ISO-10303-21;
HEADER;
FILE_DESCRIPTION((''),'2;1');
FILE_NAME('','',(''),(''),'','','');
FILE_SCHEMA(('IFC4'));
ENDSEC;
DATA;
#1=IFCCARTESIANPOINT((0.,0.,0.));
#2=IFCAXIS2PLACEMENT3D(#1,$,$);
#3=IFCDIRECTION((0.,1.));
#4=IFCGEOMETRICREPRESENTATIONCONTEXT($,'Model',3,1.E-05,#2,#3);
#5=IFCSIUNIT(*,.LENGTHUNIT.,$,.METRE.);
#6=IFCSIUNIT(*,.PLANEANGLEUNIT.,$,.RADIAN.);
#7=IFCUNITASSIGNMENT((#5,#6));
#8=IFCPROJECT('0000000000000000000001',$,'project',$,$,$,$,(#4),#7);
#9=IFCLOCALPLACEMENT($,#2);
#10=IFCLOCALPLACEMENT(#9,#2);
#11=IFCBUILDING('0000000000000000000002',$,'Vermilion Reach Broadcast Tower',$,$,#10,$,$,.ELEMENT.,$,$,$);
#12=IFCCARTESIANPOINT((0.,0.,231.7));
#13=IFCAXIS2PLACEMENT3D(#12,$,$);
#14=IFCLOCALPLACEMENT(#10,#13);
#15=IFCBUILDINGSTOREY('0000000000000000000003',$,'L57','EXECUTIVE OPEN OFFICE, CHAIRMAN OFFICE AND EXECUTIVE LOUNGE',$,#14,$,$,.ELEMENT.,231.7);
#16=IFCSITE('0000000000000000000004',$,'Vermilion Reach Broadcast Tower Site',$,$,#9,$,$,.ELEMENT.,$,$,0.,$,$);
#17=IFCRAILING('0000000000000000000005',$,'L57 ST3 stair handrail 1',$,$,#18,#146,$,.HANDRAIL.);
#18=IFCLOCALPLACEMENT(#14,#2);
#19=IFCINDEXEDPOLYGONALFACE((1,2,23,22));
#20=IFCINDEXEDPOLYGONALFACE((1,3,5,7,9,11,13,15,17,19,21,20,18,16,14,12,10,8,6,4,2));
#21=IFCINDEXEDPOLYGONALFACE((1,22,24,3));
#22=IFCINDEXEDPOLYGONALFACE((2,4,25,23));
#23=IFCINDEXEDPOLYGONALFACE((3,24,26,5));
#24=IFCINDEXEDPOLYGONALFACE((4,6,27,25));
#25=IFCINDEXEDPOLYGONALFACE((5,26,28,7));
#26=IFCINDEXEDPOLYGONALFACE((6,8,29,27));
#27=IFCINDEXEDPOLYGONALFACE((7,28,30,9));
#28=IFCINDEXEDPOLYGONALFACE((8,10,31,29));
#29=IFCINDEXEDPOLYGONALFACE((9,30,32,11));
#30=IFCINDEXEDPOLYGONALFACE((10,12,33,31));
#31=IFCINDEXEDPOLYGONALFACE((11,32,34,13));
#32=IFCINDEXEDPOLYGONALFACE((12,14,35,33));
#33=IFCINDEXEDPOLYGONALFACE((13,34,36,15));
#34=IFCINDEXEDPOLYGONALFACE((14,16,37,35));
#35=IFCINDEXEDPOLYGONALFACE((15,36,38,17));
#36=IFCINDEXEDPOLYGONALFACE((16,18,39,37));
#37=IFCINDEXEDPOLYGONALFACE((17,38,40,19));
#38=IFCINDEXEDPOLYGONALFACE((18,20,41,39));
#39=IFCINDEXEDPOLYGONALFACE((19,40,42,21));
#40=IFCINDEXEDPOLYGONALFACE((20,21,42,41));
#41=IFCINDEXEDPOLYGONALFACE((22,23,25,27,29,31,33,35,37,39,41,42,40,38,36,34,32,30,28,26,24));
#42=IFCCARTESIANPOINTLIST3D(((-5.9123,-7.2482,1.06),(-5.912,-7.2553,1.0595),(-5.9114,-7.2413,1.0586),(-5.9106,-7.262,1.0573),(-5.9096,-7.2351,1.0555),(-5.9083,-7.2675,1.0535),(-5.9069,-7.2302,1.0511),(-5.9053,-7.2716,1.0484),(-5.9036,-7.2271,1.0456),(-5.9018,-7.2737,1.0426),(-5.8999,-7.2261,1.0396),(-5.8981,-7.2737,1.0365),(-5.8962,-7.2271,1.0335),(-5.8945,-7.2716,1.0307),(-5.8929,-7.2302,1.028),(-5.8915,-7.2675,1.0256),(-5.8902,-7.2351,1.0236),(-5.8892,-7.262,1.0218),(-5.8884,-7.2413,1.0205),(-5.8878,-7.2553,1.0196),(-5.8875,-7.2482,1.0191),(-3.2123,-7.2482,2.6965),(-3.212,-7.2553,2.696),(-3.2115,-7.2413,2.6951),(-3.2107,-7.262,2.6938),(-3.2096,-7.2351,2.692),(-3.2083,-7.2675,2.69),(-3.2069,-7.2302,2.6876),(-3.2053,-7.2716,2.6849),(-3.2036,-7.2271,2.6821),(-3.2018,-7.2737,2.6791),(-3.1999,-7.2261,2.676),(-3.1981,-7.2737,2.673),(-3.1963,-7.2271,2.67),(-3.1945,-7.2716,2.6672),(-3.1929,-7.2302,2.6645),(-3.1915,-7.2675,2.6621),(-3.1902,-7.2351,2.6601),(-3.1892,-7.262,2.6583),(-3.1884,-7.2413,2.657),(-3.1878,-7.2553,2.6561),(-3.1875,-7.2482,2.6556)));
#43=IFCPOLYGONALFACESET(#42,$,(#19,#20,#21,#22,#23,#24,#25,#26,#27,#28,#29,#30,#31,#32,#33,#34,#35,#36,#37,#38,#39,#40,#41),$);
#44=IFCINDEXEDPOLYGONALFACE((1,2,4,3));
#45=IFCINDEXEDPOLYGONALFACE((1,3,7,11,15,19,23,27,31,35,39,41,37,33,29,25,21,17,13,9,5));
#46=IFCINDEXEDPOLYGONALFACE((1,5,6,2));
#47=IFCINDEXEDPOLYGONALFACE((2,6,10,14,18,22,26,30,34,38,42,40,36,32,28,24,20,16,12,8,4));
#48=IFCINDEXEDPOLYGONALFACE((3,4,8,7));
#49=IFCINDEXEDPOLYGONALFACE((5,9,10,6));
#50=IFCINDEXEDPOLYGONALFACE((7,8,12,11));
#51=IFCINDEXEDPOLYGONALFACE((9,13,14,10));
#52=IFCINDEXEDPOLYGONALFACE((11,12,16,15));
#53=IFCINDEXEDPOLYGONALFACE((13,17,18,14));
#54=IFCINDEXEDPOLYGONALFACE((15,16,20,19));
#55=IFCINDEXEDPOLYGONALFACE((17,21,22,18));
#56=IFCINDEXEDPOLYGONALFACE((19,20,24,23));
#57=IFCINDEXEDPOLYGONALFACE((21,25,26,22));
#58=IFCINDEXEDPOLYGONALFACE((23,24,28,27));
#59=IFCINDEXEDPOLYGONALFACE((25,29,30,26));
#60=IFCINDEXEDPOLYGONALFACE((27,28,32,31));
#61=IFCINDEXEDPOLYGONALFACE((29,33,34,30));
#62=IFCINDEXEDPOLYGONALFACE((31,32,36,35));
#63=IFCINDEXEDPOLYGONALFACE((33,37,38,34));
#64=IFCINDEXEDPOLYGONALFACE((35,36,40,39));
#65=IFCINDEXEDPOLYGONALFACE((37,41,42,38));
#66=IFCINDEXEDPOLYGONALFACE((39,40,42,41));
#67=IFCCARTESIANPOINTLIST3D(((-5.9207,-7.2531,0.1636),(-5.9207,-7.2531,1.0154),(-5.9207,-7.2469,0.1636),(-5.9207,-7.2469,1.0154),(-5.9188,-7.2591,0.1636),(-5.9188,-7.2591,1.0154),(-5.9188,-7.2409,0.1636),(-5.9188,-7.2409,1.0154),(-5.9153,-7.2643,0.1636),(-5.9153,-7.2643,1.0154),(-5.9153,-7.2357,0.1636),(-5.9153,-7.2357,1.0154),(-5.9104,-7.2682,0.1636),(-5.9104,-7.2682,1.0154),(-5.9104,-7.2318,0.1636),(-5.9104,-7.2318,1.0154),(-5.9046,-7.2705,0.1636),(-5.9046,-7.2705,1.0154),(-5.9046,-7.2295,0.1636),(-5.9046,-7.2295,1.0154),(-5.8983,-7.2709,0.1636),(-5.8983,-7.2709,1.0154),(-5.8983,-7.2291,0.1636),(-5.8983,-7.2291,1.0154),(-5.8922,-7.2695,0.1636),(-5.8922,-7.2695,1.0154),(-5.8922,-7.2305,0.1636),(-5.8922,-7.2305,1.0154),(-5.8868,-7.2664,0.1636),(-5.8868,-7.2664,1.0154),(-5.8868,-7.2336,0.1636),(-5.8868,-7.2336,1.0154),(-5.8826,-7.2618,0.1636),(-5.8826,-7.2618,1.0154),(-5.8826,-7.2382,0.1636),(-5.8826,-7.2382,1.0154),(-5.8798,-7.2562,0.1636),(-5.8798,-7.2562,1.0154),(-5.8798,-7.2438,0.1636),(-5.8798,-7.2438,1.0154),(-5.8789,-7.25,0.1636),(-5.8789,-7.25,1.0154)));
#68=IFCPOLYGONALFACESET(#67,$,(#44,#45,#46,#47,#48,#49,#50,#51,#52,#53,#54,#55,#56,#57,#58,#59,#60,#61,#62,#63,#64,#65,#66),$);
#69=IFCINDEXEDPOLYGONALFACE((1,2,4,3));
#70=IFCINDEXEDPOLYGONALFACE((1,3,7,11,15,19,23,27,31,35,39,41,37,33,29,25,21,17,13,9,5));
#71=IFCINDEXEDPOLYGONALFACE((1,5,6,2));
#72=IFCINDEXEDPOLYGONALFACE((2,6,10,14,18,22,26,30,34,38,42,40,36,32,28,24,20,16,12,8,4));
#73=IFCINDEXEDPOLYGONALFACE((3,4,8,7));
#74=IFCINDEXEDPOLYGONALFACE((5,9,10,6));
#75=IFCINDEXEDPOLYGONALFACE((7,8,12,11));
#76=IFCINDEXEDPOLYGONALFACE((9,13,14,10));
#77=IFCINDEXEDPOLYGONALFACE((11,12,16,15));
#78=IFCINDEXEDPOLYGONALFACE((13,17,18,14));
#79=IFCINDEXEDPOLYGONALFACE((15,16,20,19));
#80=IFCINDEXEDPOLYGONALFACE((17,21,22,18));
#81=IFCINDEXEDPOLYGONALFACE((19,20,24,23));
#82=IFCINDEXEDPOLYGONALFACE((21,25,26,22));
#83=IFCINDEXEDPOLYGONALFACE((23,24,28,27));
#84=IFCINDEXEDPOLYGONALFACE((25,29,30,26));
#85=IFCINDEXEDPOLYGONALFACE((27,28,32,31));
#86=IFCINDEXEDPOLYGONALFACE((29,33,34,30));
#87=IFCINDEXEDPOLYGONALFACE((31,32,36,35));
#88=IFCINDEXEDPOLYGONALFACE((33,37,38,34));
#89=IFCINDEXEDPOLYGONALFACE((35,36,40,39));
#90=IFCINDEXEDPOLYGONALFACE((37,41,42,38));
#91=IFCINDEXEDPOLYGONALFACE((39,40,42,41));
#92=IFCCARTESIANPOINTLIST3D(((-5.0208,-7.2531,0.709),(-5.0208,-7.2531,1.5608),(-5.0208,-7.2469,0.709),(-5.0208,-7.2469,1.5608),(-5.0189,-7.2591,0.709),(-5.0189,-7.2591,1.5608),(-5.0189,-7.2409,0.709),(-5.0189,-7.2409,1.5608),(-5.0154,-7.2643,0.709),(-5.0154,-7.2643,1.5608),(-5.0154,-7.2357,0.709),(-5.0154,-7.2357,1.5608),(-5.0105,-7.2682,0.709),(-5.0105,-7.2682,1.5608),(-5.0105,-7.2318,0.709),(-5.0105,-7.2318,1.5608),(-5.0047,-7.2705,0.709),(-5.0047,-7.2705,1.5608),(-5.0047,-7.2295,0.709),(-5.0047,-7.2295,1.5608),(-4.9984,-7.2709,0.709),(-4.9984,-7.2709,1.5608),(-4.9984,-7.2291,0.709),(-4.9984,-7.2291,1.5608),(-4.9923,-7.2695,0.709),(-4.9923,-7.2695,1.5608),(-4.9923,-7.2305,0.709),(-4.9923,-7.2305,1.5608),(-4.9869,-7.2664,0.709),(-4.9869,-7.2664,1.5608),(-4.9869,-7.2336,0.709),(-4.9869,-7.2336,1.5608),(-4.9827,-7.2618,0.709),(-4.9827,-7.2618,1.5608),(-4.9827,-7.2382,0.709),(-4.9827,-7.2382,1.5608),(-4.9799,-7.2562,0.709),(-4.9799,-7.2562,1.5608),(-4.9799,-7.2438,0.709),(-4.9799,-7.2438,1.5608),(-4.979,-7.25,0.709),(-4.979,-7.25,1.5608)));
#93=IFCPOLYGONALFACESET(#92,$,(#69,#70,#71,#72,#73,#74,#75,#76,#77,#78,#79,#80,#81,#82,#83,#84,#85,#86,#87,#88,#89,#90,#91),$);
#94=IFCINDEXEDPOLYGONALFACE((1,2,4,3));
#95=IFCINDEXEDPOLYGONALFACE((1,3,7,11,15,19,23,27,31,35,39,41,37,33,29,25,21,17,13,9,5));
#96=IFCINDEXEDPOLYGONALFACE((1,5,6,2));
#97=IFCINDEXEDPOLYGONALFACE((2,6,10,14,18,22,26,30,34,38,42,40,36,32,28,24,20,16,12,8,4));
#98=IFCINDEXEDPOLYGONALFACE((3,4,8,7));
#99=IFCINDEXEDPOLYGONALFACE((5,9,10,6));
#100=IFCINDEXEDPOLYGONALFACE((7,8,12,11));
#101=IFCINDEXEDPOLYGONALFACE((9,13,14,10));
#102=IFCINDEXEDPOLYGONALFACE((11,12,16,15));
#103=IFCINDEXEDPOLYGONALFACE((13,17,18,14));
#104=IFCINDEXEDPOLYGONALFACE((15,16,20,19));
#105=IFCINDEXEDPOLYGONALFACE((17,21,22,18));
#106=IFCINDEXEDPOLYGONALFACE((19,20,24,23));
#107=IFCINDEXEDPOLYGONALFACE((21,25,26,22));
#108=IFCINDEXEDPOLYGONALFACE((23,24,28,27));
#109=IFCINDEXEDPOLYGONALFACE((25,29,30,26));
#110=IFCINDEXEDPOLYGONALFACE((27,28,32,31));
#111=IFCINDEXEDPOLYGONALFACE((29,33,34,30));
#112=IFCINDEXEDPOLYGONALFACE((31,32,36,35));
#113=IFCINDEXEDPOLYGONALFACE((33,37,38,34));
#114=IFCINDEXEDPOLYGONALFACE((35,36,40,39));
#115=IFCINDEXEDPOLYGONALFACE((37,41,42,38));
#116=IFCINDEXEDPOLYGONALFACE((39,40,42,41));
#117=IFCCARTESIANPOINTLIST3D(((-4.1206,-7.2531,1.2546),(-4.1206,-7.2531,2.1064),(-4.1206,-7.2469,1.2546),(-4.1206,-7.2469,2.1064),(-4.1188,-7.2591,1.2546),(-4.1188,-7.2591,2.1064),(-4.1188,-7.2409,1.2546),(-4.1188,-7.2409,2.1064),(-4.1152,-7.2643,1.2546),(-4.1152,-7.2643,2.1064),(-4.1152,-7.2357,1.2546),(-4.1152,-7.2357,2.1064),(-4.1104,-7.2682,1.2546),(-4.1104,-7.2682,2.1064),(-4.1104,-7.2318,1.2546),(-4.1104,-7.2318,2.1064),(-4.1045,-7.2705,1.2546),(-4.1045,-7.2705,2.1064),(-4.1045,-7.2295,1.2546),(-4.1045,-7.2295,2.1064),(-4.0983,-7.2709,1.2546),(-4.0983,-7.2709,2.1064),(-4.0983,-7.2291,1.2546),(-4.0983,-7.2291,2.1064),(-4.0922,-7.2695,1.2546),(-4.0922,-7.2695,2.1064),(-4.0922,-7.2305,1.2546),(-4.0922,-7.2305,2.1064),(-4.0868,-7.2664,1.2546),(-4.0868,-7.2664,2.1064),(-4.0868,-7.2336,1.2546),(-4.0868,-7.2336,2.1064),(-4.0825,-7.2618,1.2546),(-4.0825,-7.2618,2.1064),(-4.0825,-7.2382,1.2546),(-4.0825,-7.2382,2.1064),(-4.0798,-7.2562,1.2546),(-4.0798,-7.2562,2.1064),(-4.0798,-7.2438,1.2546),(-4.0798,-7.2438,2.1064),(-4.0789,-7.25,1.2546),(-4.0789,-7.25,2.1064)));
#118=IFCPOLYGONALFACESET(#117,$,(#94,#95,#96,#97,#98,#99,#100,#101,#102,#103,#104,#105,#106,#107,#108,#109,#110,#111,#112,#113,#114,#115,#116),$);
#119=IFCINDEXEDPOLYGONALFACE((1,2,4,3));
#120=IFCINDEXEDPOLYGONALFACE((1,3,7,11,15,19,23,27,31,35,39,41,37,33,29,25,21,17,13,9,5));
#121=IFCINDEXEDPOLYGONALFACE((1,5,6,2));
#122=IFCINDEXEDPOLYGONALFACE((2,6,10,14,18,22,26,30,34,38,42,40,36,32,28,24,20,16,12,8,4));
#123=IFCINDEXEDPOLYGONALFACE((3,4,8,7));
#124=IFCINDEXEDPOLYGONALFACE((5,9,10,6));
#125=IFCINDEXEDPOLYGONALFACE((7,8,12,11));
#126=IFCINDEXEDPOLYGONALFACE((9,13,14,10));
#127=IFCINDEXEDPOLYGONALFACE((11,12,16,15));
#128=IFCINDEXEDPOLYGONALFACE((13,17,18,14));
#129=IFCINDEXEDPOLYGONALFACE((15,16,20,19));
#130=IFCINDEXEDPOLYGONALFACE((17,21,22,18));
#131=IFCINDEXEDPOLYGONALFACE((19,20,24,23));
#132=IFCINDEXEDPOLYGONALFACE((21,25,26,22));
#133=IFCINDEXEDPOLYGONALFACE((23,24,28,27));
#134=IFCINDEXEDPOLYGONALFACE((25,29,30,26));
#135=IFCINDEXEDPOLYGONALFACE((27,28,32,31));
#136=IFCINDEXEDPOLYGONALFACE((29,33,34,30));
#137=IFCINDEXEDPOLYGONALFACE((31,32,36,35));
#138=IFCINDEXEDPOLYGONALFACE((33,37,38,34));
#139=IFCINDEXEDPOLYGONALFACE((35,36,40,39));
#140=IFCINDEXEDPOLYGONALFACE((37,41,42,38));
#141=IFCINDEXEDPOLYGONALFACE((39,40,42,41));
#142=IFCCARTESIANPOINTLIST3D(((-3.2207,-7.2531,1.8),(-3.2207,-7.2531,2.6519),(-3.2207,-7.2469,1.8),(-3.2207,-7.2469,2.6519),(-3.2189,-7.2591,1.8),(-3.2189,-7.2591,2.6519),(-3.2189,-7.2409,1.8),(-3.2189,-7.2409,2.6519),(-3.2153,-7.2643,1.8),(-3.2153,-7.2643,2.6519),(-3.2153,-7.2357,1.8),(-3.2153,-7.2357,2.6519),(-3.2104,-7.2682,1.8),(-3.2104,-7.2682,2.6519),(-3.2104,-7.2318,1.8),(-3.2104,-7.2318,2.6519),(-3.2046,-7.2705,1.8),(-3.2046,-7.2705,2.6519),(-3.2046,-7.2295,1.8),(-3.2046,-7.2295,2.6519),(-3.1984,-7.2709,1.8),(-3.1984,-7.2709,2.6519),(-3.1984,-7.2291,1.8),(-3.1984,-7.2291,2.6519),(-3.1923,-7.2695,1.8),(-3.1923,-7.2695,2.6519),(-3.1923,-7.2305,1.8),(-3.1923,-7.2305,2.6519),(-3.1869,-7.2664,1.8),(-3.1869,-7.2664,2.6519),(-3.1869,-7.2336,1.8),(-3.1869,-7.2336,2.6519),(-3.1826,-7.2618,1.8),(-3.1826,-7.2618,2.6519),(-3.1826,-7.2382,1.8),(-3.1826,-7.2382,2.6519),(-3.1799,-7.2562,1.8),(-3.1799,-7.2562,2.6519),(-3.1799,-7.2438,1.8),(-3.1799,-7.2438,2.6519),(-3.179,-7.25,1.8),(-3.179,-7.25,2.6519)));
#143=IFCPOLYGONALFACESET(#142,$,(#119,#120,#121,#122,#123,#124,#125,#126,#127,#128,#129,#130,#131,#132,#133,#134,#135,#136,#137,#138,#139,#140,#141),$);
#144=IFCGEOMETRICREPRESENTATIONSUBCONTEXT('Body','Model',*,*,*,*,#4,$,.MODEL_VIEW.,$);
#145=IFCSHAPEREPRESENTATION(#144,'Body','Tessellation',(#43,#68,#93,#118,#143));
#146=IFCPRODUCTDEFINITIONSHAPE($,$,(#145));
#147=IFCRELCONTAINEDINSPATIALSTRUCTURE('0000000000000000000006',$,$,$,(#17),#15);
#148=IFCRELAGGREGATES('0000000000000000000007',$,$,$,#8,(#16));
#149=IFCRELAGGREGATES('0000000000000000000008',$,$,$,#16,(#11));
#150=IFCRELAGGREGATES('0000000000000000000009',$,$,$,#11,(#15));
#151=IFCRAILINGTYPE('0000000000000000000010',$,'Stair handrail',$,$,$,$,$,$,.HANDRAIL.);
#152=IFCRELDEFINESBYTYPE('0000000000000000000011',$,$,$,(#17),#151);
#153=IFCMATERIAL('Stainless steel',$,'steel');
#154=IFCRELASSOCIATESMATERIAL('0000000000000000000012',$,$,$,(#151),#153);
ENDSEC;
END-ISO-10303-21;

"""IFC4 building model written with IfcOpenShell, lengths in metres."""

from ifc_helpers import new_model, si_unit, direction, frame, origin, origin_2d, place, context, subcontext, project, spatial, circle, extrude, material, type_object, element, save


model = new_model("IFC4")

# Units and contexts
model_context = context("Model", 3, precision=1e-05, world=origin(), true_north=direction((0.0, 1.0)))
body_context = subcontext(model_context, "Body", "Model", "MODEL_VIEW")
ifc_project = project(units=[si_unit("LENGTHUNIT", "METRE"), si_unit("PLANEANGLEUNIT", "RADIAN")], contexts=[model_context])

# Site, building, storey
site_placement = place(None, origin())
site = spatial("IfcSite", under=ifc_project, at=site_placement, Name="Vermilion Reach Broadcast Tower Site", CompositionType="ELEMENT", RefElevation=0.0)
building_placement = place(site_placement, origin())
building = spatial("IfcBuilding", under=site, at=building_placement, Name="Vermilion Reach Broadcast Tower", CompositionType="ELEMENT")
storey_placement = place(building_placement, frame((0.0, 0.0, 231.7)))
storey = spatial("IfcBuildingStorey", under=building, at=storey_placement, Name="L57", Description="EXECUTIVE OPEN OFFICE, CHAIRMAN OFFICE AND EXECUTIVE LOUNGE", CompositionType="ELEMENT", Elevation=231.7)

# Railing
ifc_material_1 = material(Name="Stainless steel", Category="steel")
railing_type_1 = type_object("IfcRailingType", Name="Stair handrail", PredefinedType="HANDRAIL", material=ifc_material_1)
railing_1_placement = place(storey_placement, frame((-5.8999, -7.25, 0.1636)))
element("IfcRailing", 1, at=railing_1_placement, inside=storey, type_object=railing_type_1, Name="L57 ST3 stair handrail 1", PredefinedType="HANDRAIL", context=body_context, shape_type="SweptSolid", body=[
    extrude(circle(Radius=0.0239, at=origin_2d()), frame((0.0, 0.0, 0.876), z_axis=(0.855178, 0.0, 0.518334), x_axis=(0.0, 1.0, 0.0)), (0.0, 0.0, 1.0), 3.1572),
    extrude(circle(Radius=0.021, at=origin_2d()), origin(), (0.0, 0.0, 1.0), 0.8518),
    extrude(circle(Radius=0.021, at=origin_2d()), frame((0.8999, 0.0, 0.5454)), (0.0, 0.0, 1.0), 0.8518),
    extrude(circle(Radius=0.021, at=origin_2d()), frame((1.8, 0.0, 1.0911)), (0.0, 0.0, 1.0), 0.8518),
    extrude(circle(Radius=0.021, at=origin_2d()), frame((2.7, 0.0, 1.6365)), (0.0, 0.0, 1.0), 0.8518),
])

save(model, "model.ifc")
